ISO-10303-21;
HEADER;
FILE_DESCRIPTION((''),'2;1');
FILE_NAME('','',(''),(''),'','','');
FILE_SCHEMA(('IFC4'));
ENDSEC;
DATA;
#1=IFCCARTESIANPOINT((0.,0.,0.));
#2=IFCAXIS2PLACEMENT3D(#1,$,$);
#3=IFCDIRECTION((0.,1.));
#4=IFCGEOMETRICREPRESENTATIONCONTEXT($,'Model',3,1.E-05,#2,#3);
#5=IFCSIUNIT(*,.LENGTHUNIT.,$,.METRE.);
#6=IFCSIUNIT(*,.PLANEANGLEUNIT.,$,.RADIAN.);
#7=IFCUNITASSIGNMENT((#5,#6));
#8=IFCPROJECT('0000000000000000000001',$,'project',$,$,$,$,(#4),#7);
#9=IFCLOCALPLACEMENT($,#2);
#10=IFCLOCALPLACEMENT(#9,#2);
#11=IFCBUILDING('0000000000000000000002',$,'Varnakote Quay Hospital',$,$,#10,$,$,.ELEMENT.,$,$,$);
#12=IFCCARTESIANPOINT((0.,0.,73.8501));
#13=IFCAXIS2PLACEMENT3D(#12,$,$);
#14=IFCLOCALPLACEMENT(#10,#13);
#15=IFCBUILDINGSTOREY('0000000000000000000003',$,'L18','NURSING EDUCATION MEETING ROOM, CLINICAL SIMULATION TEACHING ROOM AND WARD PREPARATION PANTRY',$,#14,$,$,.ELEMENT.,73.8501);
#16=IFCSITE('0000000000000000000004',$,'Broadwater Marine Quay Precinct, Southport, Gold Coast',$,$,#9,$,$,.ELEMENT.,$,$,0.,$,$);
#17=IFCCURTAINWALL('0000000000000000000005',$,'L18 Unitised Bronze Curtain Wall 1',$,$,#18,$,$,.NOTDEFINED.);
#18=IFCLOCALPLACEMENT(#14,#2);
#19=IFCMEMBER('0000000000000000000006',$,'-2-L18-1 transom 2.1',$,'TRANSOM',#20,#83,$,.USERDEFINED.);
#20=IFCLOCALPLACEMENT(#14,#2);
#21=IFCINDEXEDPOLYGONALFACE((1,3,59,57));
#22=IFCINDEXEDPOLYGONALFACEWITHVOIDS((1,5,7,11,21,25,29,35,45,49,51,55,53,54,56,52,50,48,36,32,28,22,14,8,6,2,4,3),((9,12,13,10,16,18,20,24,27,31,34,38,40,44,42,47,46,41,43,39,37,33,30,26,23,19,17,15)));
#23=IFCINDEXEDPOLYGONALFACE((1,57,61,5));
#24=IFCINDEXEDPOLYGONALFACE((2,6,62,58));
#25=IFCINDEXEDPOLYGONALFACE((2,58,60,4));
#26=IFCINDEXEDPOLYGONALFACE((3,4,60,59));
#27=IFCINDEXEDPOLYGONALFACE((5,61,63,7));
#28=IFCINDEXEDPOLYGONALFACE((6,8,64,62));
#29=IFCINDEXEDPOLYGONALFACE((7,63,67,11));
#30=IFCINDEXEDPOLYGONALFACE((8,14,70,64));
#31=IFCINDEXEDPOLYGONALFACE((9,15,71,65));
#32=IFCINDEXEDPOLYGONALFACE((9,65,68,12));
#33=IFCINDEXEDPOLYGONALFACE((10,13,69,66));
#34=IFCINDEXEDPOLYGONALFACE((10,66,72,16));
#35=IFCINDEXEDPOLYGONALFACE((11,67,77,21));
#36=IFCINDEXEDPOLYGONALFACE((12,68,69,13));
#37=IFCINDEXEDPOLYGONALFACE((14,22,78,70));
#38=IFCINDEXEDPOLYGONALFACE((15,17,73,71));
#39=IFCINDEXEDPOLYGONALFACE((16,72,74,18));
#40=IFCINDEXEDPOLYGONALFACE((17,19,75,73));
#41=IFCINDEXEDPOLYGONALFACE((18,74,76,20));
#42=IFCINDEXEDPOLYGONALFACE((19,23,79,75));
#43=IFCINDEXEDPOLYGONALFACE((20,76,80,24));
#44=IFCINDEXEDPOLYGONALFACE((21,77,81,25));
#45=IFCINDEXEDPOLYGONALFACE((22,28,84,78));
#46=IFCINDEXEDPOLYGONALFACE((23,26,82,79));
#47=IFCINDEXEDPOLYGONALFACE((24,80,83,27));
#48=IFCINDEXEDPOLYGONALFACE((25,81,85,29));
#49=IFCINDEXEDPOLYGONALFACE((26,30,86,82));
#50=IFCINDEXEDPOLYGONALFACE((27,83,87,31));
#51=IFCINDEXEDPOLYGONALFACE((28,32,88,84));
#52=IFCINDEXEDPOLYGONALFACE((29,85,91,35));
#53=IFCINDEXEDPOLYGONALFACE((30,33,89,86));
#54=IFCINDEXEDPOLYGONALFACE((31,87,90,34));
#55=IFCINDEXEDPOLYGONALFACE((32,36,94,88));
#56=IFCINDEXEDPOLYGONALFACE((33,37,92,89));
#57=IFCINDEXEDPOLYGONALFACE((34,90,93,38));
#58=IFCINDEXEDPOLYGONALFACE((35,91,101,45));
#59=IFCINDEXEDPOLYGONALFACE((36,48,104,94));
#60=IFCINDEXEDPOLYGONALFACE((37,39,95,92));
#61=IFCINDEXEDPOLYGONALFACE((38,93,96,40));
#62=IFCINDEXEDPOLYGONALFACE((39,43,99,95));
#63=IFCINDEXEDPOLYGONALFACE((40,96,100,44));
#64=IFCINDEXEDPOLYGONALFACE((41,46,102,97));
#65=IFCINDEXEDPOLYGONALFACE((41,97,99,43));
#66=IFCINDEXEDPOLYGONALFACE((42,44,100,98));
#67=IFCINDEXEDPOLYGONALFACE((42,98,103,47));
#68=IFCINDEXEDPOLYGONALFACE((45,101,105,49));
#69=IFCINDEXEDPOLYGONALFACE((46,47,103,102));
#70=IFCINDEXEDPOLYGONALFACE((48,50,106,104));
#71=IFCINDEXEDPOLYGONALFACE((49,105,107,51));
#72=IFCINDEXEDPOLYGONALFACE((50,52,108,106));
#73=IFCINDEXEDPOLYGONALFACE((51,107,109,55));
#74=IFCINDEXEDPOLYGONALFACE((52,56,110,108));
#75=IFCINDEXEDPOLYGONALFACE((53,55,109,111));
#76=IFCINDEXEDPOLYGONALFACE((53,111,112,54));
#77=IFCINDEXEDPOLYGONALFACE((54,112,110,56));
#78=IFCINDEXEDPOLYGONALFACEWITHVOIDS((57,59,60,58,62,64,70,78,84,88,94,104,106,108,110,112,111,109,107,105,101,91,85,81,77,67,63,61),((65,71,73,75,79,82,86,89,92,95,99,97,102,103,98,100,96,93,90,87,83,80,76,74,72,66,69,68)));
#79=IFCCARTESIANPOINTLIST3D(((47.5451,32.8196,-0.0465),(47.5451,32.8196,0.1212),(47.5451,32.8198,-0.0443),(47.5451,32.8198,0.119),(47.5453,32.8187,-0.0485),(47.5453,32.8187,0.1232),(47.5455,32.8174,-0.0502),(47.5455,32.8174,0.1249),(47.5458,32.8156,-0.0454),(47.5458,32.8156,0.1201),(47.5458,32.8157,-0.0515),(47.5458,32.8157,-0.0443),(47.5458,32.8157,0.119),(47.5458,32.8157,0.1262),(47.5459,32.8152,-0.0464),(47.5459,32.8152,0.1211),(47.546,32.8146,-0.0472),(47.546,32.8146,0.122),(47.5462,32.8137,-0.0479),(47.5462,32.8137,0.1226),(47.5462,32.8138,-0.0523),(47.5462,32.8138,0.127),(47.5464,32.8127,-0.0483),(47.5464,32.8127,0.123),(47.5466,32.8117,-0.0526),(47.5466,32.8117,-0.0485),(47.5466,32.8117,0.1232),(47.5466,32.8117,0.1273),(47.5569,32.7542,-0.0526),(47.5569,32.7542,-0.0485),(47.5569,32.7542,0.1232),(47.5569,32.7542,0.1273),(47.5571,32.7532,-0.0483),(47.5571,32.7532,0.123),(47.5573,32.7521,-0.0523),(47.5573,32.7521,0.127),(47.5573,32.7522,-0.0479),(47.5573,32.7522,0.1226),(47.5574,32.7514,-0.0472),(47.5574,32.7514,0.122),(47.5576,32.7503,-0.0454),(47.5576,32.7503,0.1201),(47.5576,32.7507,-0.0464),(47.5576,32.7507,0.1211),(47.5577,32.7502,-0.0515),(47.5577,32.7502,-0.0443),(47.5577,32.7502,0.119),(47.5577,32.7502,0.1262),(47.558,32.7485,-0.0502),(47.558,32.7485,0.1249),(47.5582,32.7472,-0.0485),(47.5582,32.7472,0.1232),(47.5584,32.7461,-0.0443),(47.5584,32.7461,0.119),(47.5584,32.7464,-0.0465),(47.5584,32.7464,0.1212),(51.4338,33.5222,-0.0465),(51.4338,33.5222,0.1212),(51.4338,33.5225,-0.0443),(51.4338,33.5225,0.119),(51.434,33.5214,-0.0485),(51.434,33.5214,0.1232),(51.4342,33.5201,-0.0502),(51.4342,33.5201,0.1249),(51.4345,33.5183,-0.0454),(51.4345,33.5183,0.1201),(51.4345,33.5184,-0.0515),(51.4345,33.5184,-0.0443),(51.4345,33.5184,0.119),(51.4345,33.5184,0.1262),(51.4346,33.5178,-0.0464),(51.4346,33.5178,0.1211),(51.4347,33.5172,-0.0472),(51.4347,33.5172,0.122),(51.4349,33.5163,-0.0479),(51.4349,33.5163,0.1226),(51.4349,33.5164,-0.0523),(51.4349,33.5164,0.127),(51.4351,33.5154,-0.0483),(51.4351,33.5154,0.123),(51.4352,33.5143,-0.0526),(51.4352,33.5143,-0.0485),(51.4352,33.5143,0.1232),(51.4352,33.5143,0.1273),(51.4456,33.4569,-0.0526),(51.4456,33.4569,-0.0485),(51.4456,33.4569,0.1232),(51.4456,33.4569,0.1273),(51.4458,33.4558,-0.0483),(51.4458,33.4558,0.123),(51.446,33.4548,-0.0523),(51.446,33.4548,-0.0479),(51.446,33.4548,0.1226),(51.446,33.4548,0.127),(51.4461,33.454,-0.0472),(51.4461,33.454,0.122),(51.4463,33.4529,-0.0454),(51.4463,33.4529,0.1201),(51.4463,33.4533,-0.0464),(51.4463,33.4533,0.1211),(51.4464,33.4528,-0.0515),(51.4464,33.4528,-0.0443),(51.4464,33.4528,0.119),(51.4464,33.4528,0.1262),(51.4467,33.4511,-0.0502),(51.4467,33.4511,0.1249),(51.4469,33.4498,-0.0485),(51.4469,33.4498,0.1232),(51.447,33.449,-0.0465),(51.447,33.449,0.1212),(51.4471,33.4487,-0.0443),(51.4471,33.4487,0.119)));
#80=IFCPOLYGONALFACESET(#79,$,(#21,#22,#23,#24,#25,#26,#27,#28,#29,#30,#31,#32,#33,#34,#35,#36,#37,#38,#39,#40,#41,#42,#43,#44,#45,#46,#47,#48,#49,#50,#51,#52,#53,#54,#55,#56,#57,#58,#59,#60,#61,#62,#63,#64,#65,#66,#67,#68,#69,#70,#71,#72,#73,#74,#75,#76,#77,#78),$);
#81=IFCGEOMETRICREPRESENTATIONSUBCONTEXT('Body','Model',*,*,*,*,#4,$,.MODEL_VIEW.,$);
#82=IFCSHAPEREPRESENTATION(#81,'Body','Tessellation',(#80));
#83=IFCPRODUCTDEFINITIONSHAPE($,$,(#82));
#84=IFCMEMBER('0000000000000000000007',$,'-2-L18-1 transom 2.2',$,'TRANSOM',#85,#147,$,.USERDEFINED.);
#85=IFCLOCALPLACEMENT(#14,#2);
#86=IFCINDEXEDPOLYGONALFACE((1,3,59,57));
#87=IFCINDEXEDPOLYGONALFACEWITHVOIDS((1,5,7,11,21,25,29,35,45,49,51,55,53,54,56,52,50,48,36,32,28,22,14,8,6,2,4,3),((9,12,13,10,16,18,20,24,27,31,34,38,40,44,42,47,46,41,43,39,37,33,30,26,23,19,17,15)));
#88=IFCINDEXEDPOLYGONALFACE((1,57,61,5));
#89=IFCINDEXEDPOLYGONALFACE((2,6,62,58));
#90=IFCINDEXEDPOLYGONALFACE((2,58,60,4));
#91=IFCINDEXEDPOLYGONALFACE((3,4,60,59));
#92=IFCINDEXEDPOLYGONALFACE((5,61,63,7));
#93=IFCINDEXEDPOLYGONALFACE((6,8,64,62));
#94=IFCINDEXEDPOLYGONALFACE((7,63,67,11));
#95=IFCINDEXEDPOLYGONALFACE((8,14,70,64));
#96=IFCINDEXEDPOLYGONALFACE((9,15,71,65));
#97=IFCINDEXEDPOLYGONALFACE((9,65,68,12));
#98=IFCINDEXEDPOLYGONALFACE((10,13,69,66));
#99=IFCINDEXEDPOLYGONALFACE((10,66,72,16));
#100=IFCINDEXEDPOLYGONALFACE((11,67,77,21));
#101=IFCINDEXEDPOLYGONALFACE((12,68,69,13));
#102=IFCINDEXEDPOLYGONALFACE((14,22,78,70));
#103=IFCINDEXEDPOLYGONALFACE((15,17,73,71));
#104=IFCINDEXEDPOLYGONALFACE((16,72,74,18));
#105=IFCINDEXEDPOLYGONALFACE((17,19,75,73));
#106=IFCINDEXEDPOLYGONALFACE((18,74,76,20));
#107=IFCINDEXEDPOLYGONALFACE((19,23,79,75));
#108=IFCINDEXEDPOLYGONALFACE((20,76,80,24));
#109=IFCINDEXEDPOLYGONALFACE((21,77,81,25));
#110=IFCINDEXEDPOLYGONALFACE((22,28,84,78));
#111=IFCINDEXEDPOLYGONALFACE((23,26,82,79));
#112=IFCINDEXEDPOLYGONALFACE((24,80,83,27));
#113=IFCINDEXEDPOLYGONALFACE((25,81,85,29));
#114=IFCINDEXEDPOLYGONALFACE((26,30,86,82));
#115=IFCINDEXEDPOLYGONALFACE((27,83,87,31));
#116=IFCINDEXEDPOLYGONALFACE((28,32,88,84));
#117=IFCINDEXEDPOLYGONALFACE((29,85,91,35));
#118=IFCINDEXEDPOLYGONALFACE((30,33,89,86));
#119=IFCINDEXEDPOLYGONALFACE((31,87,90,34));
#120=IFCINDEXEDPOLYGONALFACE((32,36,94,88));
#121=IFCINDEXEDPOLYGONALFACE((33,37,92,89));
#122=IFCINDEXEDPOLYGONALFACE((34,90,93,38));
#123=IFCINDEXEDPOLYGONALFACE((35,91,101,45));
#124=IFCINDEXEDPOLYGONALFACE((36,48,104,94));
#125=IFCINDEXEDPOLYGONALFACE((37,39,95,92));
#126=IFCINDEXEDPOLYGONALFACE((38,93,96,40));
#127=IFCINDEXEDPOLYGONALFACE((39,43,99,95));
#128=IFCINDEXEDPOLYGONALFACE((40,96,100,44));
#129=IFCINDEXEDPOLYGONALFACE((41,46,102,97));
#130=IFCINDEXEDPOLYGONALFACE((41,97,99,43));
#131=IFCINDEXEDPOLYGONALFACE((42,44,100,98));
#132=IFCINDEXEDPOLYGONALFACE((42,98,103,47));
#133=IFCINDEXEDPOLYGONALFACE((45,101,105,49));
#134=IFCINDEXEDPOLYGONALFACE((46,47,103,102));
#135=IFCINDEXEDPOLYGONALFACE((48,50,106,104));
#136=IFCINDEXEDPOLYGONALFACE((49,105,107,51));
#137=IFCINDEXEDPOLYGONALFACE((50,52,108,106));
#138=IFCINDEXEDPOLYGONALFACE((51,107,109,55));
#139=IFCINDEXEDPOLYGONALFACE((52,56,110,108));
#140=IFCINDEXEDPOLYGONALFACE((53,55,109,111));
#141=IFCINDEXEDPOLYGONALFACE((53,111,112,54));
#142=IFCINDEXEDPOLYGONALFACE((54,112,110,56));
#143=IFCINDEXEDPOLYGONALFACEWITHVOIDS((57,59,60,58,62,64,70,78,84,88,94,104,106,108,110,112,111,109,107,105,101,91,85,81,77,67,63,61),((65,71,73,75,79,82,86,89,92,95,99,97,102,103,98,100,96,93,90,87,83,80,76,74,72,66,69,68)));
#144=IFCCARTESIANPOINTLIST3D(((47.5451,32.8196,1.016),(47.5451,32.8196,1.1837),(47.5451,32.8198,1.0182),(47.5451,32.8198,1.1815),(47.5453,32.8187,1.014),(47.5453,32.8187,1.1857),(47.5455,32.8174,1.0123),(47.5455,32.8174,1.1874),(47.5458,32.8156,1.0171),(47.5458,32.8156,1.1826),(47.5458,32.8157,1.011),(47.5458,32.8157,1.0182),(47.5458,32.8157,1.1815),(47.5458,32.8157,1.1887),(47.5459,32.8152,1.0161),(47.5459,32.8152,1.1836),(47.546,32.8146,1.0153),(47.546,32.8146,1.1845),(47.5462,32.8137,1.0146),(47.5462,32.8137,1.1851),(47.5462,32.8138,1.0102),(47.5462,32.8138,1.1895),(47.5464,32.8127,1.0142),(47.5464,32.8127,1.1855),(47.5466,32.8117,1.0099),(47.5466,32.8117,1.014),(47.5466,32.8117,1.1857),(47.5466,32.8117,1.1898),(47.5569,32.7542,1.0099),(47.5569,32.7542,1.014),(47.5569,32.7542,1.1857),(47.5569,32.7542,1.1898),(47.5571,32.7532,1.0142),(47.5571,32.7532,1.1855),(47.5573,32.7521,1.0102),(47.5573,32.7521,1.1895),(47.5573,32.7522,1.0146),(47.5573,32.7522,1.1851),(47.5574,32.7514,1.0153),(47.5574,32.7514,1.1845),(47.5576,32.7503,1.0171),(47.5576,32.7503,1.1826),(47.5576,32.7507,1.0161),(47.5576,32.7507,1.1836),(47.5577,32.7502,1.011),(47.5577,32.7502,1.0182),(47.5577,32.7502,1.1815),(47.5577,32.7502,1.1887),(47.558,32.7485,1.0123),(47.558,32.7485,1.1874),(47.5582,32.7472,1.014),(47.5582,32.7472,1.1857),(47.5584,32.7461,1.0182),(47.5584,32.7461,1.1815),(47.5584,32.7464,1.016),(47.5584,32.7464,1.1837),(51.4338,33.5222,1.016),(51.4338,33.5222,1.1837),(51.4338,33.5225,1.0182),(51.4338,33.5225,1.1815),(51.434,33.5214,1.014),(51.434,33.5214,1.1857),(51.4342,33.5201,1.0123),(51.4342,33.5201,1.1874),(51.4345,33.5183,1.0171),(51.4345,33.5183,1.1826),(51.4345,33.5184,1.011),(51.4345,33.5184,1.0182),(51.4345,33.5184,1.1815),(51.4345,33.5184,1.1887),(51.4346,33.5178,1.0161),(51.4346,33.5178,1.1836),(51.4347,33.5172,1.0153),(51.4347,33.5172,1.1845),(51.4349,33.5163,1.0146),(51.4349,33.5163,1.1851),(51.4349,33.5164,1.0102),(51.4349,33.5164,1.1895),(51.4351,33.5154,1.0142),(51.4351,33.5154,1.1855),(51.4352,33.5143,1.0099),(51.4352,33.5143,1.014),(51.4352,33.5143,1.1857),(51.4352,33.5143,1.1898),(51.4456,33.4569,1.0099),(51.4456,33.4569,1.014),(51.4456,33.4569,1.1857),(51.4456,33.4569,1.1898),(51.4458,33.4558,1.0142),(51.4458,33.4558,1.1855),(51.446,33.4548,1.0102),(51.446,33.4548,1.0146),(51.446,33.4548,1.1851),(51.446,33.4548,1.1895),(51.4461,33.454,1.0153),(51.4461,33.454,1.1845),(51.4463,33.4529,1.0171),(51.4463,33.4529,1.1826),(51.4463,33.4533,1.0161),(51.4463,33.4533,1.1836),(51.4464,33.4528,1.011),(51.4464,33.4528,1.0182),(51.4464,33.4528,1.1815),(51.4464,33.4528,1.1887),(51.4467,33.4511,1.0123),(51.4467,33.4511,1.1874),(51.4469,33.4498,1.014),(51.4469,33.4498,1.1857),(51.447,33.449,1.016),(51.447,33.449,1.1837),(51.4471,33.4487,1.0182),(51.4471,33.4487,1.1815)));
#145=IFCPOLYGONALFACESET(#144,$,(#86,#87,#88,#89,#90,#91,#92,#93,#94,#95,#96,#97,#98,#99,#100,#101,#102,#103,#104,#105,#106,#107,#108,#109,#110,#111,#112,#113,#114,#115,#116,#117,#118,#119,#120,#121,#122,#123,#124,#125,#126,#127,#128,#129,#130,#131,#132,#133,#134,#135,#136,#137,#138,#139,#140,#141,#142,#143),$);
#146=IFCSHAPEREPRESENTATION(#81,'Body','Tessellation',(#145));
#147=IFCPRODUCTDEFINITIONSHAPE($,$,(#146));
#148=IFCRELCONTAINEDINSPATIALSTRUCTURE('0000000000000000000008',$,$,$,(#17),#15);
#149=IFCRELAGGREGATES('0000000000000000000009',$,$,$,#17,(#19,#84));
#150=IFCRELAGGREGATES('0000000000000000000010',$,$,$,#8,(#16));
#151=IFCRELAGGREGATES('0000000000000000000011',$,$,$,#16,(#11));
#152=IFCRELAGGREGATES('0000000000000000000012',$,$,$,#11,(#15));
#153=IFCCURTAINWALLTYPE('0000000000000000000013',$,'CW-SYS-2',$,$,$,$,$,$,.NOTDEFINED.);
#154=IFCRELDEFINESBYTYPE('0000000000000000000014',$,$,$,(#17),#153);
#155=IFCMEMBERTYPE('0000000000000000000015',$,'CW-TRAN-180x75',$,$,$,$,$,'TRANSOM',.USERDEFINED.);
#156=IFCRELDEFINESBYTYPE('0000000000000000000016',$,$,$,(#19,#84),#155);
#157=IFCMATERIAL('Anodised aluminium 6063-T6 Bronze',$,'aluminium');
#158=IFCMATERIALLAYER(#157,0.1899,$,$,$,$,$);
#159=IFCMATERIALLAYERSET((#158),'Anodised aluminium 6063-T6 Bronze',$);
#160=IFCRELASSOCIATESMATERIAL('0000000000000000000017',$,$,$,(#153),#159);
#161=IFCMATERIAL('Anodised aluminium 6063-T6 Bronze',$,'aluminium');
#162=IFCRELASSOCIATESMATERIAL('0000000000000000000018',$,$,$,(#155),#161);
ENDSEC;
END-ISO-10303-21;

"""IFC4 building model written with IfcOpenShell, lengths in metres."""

from ifc_helpers import new_model, si_unit, direction, frame, origin, origin_2d, place, context, subcontext, project, spatial, hollow_rectangle, extrude, material, layer, layer_set, material_profile, profile_set, type_object, element, aggregate, save


model = new_model("IFC4")

# Units and contexts
model_context = context("Model", 3, precision=1e-05, world=origin(), true_north=direction((0.0, 1.0)))
body_context = subcontext(model_context, "Body", "Model", "MODEL_VIEW")
ifc_project = project(units=[si_unit("LENGTHUNIT", "METRE"), si_unit("PLANEANGLEUNIT", "RADIAN")], contexts=[model_context])

# Site, building, storey
site_placement = place(None, origin())
site = spatial("IfcSite", under=ifc_project, at=site_placement, Name="Broadwater Marine Quay Precinct, Southport, Gold Coast", CompositionType="ELEMENT", RefElevation=0.0)
building_placement = place(site_placement, origin())
building = spatial("IfcBuilding", under=site, at=building_placement, Name="Varnakote Quay Hospital", CompositionType="ELEMENT")
storey_placement = place(building_placement, frame((0.0, 0.0, 73.8501)))
storey = spatial("IfcBuildingStorey", under=building, at=storey_placement, Name="L18", Description="NURSING EDUCATION MEETING ROOM, CLINICAL SIMULATION TEACHING ROOM AND WARD PREPARATION PANTRY", CompositionType="ELEMENT", Elevation=73.8501)

# Curtain wall, members
ifc_material_1 = material(Name="Anodised aluminium 6063-T6 Bronze", Category="aluminium")
ifc_layer_1 = layer(ifc_material_1, 0.1899)
ifc_layer_set_1 = layer_set([ifc_layer_1], Name="Anodised aluminium 6063-T6 Bronze")
curtain_wall_type = type_object("IfcCurtainWallType", Name="CW-SYS-2", PredefinedType="NOTDEFINED", material=ifc_layer_set_1)
curtain_wall_placement = place(storey_placement, origin())
curtain_wall = element("IfcCurtainWall", 1, at=curtain_wall_placement, inside=storey, type_object=curtain_wall_type, Name="L18 Unitised Bronze Curtain Wall 1", PredefinedType="NOTDEFINED")
ifc_material_2 = material(Name="Anodised aluminium 6063-T6 Bronze", Category="aluminium")
ifc_material_profile_1 = material_profile(ifc_material_2, hollow_rectangle(XDim=0.075, YDim=0.1799, WallThickness=0.0042, InnerFilletRadius=0.0042, OuterFilletRadius=0.0083, at=origin_2d()), Name="CW-TRAN-180x75")
ifc_profile_set_1 = profile_set([ifc_material_profile_1], Name="Anodised aluminium 6063-T6 Bronze")
member_type_1 = type_object("IfcMemberType", Name="CW-TRAN-180x75", ElementType="TRANSOM", PredefinedType="USERDEFINED", material=ifc_profile_set_1)
member_1_placement = place(storey_placement, frame((51.4404, 33.4856, 0.0374), z_axis=(-0.984065, -0.177809, 0.0), x_axis=(0.177809, -0.984065, 0.0)))
member_1 = element("IfcMember", 2, at=member_1_placement, type_object=member_type_1, Name="-2-L18-1 transom 2.1", ObjectType="TRANSOM", PredefinedType="USERDEFINED", context=body_context, shape_type="SweptSolid", body=[
    extrude(hollow_rectangle(XDim=0.075, YDim=0.1799, WallThickness=0.0042, InnerFilletRadius=0.0042, OuterFilletRadius=0.0083, at=origin_2d()), origin(), (0.0, 0.0, 1.0), 3.9517),
])
member_2_placement = place(storey_placement, frame((51.4404, 33.4856, 1.0999), z_axis=(-0.984065, -0.177809, 0.0), x_axis=(0.177809, -0.984065, 0.0)))
member_2 = element("IfcMember", 3, at=member_2_placement, type_object=member_type_1, Name="-2-L18-1 transom 2.2", ObjectType="TRANSOM", PredefinedType="USERDEFINED", context=body_context, shape_type="SweptSolid", body=[
    extrude(hollow_rectangle(XDim=0.075, YDim=0.1799, WallThickness=0.0042, InnerFilletRadius=0.0042, OuterFilletRadius=0.0083, at=origin_2d()), origin(), (0.0, 0.0, 1.0), 3.9517),
])
aggregate(curtain_wall, [member_1, member_2])

save(model, "model.ifc")
